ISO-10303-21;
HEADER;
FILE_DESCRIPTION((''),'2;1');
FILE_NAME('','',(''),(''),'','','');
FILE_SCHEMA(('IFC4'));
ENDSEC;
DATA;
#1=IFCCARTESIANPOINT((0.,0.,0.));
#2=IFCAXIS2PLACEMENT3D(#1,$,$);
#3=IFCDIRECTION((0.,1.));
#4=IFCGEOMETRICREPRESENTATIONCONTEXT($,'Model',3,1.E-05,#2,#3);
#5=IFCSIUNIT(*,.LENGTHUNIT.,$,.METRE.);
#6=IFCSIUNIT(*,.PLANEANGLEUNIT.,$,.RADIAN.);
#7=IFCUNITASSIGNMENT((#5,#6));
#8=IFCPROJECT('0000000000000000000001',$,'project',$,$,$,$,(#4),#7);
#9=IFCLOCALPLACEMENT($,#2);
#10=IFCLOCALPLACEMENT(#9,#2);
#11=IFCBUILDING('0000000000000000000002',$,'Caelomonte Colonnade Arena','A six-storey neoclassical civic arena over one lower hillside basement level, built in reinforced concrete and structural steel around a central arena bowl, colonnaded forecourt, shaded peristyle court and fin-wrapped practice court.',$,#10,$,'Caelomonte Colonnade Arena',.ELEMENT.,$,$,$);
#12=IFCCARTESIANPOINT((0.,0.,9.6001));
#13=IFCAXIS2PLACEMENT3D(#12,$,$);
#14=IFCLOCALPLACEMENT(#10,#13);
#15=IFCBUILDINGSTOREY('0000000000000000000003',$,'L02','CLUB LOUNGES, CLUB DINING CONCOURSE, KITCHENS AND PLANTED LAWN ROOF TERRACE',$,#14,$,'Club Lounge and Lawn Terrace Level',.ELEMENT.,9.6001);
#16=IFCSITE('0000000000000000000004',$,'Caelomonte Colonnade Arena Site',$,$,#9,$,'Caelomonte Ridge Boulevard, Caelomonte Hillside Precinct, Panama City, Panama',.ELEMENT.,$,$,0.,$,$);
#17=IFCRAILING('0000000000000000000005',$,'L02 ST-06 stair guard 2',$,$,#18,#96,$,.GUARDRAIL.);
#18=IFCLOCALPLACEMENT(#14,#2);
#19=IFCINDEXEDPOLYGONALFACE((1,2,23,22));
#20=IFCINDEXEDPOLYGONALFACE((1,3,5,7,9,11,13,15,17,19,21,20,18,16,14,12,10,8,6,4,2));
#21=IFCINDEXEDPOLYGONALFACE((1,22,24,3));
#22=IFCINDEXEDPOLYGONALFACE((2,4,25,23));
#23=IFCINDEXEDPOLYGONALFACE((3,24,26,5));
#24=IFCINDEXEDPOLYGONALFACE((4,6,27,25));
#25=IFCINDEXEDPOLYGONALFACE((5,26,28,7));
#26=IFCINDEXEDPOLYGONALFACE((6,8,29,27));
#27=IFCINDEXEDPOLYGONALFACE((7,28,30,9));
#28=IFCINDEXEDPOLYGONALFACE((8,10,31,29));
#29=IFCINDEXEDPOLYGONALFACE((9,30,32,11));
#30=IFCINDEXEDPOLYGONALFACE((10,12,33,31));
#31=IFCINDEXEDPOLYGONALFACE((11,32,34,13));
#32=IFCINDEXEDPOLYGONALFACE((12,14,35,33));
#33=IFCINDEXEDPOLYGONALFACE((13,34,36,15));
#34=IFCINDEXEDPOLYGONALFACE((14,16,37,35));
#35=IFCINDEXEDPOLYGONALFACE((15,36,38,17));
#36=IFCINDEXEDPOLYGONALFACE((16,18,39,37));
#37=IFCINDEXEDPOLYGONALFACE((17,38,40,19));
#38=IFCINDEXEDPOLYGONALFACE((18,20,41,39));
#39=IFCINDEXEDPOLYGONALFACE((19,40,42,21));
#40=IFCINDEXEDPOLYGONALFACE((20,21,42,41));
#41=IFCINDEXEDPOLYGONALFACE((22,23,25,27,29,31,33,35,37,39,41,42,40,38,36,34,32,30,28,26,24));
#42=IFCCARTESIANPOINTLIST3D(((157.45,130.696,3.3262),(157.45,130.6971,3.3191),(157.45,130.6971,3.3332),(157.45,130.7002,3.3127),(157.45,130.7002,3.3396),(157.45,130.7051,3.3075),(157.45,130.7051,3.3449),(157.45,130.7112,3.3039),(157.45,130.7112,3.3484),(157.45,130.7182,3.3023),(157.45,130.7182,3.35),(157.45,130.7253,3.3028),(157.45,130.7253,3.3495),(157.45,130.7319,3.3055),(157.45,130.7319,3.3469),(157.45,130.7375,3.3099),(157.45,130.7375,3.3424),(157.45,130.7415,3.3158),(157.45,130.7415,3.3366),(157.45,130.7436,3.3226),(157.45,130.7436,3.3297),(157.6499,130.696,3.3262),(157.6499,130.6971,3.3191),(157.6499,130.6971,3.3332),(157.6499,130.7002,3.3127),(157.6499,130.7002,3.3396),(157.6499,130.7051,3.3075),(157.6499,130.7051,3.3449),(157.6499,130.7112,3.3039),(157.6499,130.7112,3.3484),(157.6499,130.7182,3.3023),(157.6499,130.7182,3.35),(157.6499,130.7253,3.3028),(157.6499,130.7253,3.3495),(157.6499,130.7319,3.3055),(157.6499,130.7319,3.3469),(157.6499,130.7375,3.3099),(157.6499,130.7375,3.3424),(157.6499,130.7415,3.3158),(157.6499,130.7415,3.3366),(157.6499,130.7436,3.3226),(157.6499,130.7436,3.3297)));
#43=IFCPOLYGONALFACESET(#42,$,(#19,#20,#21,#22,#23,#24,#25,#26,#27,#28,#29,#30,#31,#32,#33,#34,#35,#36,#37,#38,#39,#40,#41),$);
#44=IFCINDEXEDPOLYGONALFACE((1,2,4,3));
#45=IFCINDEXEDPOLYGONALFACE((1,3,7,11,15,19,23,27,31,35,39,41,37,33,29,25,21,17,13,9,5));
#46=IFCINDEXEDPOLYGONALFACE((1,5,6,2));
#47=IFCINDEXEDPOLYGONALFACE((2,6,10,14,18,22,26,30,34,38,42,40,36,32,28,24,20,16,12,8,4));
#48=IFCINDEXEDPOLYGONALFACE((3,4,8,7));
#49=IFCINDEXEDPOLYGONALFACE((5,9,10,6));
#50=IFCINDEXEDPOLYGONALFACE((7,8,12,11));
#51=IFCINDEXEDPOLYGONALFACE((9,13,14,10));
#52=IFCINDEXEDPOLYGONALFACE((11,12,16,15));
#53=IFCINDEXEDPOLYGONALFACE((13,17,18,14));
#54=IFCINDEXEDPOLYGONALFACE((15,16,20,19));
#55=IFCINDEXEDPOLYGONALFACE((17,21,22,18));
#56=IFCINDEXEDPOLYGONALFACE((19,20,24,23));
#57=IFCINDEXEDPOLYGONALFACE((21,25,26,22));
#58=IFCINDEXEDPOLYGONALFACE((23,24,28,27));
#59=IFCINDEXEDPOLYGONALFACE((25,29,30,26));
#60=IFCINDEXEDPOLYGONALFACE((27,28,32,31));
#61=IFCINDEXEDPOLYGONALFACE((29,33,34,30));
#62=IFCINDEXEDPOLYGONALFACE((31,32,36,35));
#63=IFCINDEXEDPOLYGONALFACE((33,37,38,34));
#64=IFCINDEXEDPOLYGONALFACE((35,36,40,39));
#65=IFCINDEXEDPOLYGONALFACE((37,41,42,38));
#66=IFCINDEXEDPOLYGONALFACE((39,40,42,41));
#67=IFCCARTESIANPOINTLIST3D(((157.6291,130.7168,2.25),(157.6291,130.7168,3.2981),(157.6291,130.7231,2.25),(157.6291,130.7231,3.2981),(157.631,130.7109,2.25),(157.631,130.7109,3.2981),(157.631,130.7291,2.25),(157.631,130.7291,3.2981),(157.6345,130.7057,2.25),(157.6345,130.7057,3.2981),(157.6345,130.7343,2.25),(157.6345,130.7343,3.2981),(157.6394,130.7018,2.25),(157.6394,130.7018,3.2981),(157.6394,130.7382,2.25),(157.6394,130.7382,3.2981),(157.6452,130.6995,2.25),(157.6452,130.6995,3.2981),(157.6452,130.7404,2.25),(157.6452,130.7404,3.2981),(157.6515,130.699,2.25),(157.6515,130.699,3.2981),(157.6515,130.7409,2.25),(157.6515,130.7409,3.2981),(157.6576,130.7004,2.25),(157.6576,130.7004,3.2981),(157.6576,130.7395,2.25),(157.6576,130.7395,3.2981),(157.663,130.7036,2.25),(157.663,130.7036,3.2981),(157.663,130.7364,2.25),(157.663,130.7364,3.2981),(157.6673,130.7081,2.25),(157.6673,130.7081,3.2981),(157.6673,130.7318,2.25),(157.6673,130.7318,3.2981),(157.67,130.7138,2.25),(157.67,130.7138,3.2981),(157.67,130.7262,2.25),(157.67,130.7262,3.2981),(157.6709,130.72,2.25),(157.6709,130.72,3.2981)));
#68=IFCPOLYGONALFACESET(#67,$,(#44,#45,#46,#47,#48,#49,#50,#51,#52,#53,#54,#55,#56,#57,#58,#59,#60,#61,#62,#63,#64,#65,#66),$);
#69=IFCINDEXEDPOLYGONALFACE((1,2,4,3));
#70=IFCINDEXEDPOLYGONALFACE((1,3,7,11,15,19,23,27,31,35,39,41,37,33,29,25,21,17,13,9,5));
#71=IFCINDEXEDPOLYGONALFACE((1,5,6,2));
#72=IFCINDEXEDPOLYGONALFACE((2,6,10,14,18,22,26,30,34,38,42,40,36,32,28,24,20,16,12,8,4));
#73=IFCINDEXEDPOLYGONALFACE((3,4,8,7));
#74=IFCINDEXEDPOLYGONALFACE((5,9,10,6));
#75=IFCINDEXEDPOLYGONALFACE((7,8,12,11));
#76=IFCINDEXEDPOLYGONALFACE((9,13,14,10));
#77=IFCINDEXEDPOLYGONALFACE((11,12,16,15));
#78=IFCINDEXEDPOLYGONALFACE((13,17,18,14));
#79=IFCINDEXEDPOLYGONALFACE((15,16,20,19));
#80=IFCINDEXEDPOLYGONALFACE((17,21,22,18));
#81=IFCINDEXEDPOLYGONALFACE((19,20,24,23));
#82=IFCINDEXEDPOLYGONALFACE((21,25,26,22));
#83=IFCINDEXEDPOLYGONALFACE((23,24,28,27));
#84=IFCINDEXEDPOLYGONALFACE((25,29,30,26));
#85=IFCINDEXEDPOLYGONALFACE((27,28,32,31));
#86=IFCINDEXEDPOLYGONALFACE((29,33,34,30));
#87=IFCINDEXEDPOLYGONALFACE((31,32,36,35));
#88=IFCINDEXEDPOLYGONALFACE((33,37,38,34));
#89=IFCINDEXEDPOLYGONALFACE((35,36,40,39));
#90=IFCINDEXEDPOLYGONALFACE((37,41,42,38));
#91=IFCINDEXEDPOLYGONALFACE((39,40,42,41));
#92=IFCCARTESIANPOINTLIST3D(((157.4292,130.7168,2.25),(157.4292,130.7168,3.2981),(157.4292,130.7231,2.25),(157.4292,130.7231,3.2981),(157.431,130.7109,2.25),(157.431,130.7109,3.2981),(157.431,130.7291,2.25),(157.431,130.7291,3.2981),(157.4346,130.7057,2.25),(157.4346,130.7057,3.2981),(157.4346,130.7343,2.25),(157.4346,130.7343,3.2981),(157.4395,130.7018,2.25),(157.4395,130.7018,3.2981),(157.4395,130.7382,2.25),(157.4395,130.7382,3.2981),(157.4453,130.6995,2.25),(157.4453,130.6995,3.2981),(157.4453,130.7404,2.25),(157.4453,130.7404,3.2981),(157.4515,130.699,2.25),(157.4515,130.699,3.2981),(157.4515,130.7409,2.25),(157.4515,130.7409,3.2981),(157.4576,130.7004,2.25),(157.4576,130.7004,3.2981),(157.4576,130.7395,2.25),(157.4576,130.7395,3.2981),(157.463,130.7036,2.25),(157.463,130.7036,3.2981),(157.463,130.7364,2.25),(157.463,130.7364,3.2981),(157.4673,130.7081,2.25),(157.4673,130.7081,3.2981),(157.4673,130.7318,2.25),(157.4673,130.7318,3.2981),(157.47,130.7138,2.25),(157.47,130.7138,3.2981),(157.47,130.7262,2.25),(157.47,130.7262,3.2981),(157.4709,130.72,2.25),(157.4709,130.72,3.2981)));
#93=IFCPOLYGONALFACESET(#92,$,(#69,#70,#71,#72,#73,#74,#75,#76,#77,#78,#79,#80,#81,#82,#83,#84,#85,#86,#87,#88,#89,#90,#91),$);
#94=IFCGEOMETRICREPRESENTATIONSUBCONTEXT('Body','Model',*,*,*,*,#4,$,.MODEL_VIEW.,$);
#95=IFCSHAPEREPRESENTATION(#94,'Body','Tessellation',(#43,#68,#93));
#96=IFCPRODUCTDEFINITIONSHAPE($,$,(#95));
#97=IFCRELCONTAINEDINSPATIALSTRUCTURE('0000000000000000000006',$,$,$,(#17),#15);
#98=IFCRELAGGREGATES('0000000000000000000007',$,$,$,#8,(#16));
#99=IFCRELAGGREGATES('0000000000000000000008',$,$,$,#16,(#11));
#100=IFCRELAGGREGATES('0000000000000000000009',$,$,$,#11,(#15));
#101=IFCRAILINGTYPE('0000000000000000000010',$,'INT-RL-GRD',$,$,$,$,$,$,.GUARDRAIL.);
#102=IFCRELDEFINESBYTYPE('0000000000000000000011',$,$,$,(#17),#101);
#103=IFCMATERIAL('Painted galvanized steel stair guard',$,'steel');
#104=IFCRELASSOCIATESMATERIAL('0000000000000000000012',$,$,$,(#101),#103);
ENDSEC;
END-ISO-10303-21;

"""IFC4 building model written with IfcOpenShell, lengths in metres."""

from ifc_helpers import new_model, si_unit, direction, frame, origin, origin_2d, place, context, subcontext, project, spatial, circle, extrude, material, type_object, element, save


model = new_model("IFC4")

# Units and contexts
model_context = context("Model", 3, precision=1e-05, world=origin(), true_north=direction((0.0, 1.0)))
body_context = subcontext(model_context, "Body", "Model", "MODEL_VIEW")
ifc_project = project(units=[si_unit("LENGTHUNIT", "METRE"), si_unit("PLANEANGLEUNIT", "RADIAN")], contexts=[model_context])

# Site, building, storey
site_placement = place(None, origin())
site = spatial("IfcSite", under=ifc_project, at=site_placement, Name="Caelomonte Colonnade Arena Site", LongName="Caelomonte Ridge Boulevard, Caelomonte Hillside Precinct, Panama City, Panama", CompositionType="ELEMENT", RefElevation=0.0)
building_placement = place(site_placement, origin())
building = spatial("IfcBuilding", under=site, at=building_placement, Name="Caelomonte Colonnade Arena", Description="A six-storey neoclassical civic arena over one lower hillside basement level, built in reinforced concrete and structural steel around a central arena bowl, colonnaded forecourt, shaded peristyle court and fin-wrapped practice court.", LongName="Caelomonte Colonnade Arena", CompositionType="ELEMENT")
storey_placement = place(building_placement, frame((0.0, 0.0, 9.6001)))
storey = spatial("IfcBuildingStorey", under=building, at=storey_placement, Name="L02", Description="CLUB LOUNGES, CLUB DINING CONCOURSE, KITCHENS AND PLANTED LAWN ROOF TERRACE", LongName="Club Lounge and Lawn Terrace Level", CompositionType="ELEMENT", Elevation=9.6001)

# Railing
ifc_material_1 = material(Name="Painted galvanized steel stair guard", Category="steel")
railing_type_1 = type_object("IfcRailingType", Name="INT-RL-GRD", PredefinedType="GUARDRAIL", material=ifc_material_1)
railing_1_placement = place(storey_placement, frame((157.6499, 130.72, 2.25)))
element("IfcRailing", 1, at=railing_1_placement, inside=storey, type_object=railing_type_1, Name="L02 ST-06 stair guard 2", PredefinedType="GUARDRAIL", context=body_context, shape_type="SweptSolid", body=[
    extrude(circle(Radius=0.0239, at=origin_2d()), frame((0.0, 0.0, 1.0762), z_axis=(-1.0, 0.0, 0.0), x_axis=(0.0, -1.0, 0.0)), (0.0, 0.0, 1.0), 0.2),
    extrude(circle(Radius=0.021, at=origin_2d()), origin(), (0.0, 0.0, 1.0), 1.0481),
    extrude(circle(Radius=0.021, at=origin_2d()), frame((-0.2, 0.0, 0.0)), (0.0, 0.0, 1.0), 1.0481),
])

save(model, "model.ifc")
